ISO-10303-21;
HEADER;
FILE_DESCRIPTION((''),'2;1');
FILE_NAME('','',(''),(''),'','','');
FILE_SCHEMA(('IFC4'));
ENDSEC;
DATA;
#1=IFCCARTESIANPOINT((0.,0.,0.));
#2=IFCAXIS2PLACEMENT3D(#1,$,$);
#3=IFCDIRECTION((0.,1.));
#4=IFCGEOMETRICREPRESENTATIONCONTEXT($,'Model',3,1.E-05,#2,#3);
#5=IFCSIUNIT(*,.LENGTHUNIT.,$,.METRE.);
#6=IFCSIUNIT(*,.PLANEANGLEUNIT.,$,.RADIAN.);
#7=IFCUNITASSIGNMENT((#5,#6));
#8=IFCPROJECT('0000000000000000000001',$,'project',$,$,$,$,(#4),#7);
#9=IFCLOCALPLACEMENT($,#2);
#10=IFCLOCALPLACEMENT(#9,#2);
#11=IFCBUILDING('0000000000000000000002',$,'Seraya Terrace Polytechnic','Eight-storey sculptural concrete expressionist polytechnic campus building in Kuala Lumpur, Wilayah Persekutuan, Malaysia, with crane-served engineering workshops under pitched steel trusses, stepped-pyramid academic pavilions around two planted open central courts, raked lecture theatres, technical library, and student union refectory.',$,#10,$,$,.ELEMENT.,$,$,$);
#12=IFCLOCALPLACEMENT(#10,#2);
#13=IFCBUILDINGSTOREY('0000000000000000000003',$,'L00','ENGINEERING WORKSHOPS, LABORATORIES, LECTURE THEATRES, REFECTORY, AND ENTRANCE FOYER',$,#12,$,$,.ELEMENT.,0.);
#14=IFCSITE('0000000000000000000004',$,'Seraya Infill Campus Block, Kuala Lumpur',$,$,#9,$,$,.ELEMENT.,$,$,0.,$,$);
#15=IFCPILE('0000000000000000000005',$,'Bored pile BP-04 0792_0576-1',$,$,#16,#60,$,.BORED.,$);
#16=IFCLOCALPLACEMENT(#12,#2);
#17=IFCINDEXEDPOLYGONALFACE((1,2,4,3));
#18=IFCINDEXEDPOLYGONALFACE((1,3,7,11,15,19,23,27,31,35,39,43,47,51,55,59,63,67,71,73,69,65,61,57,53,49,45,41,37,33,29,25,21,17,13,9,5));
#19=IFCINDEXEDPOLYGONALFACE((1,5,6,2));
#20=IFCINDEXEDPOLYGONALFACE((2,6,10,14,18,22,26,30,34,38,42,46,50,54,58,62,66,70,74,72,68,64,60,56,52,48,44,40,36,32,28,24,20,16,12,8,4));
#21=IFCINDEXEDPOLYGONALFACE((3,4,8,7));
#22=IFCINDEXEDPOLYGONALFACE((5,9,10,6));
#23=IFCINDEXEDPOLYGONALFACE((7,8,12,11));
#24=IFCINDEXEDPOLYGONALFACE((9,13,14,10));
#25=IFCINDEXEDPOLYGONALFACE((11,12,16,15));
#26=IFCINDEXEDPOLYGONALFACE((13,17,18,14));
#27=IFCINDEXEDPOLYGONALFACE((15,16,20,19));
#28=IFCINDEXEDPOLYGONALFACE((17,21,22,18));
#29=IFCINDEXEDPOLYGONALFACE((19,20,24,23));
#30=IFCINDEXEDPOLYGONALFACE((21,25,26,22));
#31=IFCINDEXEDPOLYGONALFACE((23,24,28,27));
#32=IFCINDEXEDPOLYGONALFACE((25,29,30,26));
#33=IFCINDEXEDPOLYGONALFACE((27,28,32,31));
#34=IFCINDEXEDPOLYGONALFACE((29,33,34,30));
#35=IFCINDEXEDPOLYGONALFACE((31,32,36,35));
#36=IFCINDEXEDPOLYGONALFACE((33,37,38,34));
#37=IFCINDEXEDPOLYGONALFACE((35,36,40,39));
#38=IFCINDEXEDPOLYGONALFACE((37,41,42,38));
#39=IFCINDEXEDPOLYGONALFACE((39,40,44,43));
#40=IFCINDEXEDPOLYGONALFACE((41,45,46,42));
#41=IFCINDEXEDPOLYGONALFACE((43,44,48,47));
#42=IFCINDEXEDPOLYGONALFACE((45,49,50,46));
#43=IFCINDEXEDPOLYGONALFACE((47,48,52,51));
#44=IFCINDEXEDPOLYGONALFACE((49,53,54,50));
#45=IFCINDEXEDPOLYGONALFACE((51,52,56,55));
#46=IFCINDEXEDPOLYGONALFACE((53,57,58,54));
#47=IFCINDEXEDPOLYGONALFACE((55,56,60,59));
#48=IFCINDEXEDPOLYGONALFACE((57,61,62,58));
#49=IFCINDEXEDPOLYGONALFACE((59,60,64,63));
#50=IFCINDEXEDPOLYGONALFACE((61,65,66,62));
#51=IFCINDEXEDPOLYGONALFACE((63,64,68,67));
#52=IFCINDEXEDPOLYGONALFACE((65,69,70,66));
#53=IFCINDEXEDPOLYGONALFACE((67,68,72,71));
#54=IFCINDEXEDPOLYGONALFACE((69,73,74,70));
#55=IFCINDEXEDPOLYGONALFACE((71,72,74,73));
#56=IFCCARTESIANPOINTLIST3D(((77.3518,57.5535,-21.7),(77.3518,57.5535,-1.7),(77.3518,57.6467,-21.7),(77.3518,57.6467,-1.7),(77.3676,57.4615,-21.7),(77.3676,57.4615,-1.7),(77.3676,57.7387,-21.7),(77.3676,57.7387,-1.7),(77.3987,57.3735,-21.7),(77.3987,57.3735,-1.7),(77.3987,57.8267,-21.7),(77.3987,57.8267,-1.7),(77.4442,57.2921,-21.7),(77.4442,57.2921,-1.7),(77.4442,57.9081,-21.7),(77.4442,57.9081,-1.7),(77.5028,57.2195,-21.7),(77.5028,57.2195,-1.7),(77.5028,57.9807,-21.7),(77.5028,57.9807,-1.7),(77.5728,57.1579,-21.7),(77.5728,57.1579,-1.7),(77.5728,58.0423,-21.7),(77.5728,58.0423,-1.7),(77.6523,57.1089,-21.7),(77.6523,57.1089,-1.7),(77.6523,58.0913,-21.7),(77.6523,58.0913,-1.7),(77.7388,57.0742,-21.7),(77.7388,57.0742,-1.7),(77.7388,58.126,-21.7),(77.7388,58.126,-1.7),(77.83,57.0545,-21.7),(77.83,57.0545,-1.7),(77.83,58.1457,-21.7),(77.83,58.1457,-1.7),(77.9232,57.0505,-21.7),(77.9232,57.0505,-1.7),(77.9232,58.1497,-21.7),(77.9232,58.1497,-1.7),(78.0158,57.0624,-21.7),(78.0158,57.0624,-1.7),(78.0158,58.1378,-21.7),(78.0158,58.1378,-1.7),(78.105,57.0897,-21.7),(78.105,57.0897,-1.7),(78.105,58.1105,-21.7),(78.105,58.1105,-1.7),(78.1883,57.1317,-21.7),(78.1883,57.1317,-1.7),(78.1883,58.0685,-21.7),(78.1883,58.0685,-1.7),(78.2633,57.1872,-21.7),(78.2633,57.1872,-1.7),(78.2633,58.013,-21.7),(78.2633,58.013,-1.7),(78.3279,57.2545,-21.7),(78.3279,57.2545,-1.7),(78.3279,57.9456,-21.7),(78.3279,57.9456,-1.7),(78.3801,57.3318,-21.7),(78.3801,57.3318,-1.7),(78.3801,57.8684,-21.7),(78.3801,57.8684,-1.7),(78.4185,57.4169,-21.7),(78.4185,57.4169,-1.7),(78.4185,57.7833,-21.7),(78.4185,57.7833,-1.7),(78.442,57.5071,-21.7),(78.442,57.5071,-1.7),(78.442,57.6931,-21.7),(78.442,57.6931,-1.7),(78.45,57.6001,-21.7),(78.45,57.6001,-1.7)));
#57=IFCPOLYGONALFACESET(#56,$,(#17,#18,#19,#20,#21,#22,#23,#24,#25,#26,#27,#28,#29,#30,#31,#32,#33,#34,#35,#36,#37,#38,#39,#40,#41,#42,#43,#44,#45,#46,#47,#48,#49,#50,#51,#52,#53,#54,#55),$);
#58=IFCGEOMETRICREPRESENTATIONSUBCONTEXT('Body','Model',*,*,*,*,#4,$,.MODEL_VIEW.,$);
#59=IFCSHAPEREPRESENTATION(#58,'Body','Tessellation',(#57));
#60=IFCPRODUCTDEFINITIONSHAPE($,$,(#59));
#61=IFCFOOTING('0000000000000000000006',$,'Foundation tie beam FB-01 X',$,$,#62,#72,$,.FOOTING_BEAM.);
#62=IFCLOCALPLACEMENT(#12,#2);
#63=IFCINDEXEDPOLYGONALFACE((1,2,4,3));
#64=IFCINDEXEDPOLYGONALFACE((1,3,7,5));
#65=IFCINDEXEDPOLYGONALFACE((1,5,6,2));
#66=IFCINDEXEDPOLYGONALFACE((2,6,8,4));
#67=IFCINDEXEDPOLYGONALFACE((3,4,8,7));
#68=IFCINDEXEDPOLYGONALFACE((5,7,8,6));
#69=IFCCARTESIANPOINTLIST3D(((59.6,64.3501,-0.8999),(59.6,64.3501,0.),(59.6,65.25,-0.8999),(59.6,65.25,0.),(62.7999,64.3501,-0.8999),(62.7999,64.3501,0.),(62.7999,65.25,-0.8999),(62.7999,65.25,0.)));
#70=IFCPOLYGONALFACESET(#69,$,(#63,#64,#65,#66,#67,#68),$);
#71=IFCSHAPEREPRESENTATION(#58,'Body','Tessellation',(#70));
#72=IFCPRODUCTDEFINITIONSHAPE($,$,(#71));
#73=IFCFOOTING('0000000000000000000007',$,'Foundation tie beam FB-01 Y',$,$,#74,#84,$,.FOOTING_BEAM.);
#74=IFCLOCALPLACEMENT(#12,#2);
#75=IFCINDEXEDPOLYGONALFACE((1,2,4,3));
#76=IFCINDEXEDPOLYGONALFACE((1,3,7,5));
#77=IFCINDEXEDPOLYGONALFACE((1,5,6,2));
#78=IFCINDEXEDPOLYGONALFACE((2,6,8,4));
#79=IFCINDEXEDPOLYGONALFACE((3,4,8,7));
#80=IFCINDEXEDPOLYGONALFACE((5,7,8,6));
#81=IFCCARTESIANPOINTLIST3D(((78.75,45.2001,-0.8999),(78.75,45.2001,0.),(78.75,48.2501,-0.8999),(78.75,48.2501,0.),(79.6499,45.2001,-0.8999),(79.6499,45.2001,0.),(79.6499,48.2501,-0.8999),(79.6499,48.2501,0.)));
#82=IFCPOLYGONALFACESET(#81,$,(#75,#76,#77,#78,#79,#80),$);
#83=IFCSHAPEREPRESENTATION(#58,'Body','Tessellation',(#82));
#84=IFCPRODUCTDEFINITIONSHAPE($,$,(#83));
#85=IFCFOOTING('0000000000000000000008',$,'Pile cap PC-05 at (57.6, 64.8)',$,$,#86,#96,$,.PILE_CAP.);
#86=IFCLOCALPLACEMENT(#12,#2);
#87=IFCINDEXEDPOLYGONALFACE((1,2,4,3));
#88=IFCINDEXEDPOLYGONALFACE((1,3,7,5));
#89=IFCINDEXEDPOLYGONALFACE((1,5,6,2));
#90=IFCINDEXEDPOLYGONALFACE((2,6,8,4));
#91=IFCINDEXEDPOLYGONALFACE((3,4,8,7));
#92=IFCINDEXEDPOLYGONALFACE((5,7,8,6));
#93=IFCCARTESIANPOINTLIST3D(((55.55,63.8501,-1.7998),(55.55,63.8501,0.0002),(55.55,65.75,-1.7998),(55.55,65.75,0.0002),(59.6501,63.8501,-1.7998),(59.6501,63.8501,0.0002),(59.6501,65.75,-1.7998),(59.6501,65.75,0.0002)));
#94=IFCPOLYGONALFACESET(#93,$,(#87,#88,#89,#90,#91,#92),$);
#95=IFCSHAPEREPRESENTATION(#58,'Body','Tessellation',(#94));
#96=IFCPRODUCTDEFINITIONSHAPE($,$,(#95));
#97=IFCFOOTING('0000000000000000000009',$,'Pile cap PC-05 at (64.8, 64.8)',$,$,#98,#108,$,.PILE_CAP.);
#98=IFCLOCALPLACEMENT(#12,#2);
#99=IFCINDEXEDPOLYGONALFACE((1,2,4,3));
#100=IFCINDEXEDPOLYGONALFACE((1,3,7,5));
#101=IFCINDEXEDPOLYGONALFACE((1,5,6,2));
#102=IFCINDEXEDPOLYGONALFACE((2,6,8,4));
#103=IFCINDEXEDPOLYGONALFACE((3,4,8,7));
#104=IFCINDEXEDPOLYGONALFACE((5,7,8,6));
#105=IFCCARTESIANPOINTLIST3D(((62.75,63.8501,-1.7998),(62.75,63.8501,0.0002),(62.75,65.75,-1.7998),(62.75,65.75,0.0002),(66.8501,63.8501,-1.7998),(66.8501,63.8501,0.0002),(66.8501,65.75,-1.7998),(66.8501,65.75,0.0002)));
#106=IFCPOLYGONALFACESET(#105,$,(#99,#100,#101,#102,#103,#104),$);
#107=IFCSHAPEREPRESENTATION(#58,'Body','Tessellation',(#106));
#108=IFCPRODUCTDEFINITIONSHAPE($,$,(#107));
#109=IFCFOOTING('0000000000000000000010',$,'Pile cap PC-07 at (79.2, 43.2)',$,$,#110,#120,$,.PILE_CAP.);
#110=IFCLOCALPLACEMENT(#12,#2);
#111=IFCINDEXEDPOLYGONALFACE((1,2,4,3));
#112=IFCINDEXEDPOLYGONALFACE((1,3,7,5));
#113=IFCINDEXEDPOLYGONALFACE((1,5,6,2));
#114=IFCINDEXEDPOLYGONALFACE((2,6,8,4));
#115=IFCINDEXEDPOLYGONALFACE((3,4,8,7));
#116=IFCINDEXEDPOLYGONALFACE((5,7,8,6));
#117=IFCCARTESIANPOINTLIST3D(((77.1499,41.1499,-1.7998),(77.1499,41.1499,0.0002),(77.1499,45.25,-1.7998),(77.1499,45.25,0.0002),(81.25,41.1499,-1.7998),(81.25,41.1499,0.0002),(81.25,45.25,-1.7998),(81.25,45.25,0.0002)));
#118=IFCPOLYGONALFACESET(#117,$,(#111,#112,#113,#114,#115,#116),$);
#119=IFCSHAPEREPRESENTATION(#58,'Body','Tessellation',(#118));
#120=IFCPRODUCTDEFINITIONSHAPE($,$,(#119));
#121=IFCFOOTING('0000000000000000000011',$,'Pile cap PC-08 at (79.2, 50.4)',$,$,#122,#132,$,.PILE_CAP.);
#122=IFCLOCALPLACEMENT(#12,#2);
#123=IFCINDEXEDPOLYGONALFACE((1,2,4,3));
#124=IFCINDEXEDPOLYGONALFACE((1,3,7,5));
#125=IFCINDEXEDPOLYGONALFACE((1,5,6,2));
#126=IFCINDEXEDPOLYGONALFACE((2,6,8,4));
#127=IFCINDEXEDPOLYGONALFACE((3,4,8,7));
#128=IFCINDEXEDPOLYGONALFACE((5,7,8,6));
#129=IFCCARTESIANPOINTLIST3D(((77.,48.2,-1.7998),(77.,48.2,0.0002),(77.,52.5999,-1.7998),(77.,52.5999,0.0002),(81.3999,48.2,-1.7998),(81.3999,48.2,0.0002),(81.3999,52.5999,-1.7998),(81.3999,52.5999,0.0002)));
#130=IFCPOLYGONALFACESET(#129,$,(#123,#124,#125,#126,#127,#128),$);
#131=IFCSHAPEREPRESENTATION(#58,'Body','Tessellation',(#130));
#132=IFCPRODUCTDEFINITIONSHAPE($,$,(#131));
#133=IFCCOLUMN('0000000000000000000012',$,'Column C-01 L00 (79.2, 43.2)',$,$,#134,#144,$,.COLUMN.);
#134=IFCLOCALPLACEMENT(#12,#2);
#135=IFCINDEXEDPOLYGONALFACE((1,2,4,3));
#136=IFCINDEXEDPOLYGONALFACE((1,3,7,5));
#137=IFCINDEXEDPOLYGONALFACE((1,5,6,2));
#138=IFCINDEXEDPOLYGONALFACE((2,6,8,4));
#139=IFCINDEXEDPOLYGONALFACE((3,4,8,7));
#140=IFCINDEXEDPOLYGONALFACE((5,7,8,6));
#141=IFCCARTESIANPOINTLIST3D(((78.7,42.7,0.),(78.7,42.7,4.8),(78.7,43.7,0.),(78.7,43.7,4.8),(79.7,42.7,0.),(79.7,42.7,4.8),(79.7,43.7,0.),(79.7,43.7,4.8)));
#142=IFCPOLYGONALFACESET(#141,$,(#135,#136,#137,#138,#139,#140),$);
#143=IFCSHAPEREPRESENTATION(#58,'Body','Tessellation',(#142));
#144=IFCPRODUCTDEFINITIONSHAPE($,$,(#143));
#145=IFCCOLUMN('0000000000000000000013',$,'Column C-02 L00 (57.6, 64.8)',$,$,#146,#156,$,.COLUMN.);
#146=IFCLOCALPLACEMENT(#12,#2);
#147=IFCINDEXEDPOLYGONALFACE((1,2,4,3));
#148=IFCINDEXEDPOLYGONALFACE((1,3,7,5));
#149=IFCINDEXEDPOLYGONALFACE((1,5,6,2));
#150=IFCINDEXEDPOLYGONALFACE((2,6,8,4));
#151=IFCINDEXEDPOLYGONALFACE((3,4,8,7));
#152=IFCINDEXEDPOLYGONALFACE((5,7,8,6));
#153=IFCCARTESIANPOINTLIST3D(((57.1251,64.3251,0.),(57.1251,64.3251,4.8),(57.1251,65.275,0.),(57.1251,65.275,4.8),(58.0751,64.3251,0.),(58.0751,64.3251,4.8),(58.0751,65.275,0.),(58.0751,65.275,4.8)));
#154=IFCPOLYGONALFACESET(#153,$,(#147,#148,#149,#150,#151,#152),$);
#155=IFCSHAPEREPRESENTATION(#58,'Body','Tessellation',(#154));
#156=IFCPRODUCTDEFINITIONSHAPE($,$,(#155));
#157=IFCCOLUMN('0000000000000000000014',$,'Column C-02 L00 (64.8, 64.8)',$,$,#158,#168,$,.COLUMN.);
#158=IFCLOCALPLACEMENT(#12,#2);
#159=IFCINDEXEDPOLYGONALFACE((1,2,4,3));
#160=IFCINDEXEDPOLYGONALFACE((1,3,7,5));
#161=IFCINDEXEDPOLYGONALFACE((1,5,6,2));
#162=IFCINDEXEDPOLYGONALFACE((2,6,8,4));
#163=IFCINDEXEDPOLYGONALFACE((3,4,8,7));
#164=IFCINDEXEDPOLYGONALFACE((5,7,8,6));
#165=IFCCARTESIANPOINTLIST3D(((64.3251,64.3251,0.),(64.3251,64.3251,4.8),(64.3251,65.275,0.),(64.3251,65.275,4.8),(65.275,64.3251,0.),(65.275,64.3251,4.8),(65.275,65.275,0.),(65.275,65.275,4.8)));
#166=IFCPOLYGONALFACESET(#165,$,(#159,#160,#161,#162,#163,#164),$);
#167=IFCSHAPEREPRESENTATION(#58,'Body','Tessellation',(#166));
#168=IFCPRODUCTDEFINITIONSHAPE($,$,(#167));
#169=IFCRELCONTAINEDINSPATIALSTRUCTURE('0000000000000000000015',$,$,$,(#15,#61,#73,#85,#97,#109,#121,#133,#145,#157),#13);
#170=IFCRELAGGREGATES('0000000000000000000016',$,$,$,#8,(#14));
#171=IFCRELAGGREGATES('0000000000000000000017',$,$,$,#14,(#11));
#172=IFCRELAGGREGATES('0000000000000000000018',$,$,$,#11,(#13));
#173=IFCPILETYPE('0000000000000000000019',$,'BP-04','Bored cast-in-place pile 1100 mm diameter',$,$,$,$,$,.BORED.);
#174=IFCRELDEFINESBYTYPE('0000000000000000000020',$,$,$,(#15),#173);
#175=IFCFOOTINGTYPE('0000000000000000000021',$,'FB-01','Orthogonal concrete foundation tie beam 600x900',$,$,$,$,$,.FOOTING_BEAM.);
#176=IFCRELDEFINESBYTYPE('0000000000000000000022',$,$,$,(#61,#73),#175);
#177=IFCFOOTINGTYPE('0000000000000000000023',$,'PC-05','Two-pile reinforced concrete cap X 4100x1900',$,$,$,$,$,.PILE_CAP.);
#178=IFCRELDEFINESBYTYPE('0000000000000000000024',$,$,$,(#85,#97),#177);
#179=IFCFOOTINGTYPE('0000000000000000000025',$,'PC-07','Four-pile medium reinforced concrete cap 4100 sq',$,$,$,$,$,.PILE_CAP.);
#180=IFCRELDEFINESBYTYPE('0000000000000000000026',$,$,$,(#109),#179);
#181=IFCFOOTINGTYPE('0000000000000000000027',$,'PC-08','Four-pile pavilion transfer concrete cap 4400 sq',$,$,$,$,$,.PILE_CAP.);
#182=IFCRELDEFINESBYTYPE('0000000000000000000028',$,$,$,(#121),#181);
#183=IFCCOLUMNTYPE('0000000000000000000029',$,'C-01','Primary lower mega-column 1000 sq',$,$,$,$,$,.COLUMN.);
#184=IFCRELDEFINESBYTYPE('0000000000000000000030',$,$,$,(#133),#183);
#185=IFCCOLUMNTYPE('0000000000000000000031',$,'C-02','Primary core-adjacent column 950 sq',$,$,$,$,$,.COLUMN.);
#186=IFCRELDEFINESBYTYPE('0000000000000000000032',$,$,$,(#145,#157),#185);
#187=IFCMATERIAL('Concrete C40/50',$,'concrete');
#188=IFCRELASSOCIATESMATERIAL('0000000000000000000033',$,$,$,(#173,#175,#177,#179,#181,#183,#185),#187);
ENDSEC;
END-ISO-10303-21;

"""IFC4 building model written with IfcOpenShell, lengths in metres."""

from ifc_helpers import new_model, si_unit, direction, frame, origin, origin_2d, place, context, subcontext, project, spatial, rectangle, circle, extrude, material, material_profile, profile_set, type_object, element, save


model = new_model("IFC4")

# Units and contexts
model_context = context("Model", 3, precision=1e-05, world=origin(), true_north=direction((0.0, 1.0)))
body_context = subcontext(model_context, "Body", "Model", "MODEL_VIEW")
ifc_project = project(units=[si_unit("LENGTHUNIT", "METRE"), si_unit("PLANEANGLEUNIT", "RADIAN")], contexts=[model_context])

# Site, building, storey
site_placement = place(None, origin())
site = spatial("IfcSite", under=ifc_project, at=site_placement, Name="Seraya Infill Campus Block, Kuala Lumpur", CompositionType="ELEMENT", RefElevation=0.0)
building_placement = place(site_placement, origin())
building = spatial("IfcBuilding", under=site, at=building_placement, Name="Seraya Terrace Polytechnic", Description="Eight-storey sculptural concrete expressionist polytechnic campus building in Kuala Lumpur, Wilayah Persekutuan, Malaysia, with crane-served engineering workshops under pitched steel trusses, stepped-pyramid academic pavilions around two planted open central courts, raked lecture theatres, technical library, and student union refectory.", CompositionType="ELEMENT")
storey_placement = place(building_placement, origin())
storey = spatial("IfcBuildingStorey", under=building, at=storey_placement, Name="L00", Description="ENGINEERING WORKSHOPS, LABORATORIES, LECTURE THEATRES, REFECTORY, AND ENTRANCE FOYER", CompositionType="ELEMENT", Elevation=0.0)

# Pile
ifc_material_1 = material(Name="Concrete C40/50", Category="concrete")
ifc_material_profile_1 = material_profile(ifc_material_1, circle(Radius=0.55, at=origin_2d()), Name="DIA 1100")
ifc_profile_set_1 = profile_set([ifc_material_profile_1], Name="Concrete C40/50")
pile_type_1 = type_object("IfcPileType", Name="BP-04", Description="Bored cast-in-place pile 1100 mm diameter", PredefinedType="BORED", material=ifc_profile_set_1)
for number, where, z_axis, x_axis, name in (
    (1, (77.8999, 57.6001, -1.7), (0.0, 0.0, -1.0), (1.0, 0.0, 0.0), "Bored pile BP-04 0792_0576-1"),
):
    element("IfcPile", number, at=place(storey_placement, frame(where, z_axis=z_axis, x_axis=x_axis)), inside=storey, type_object=pile_type_1, Name=name, PredefinedType="BORED", context=body_context, shape_type="SweptSolid", body=[
        extrude(circle(Radius=0.55, at=origin_2d()), origin(), (0.0, 0.0, 1.0), 20.0),
    ])

# Footings
footing_type_1 = type_object("IfcFootingType", Name="FB-01", Description="Orthogonal concrete foundation tie beam 600x900", PredefinedType="FOOTING_BEAM", material=ifc_material_1)
footing_1_placement = place(storey_placement, frame((61.2, 64.8, -0.8999), z_axis=(0.0, 0.0, 1.0), x_axis=(1.0, 0.0, 0.0)))
element("IfcFooting", 2, at=footing_1_placement, inside=storey, type_object=footing_type_1, Name="Foundation tie beam FB-01 X", PredefinedType="FOOTING_BEAM", context=body_context, shape_type="SweptSolid", body=[
    extrude(rectangle(XDim=3.2, YDim=0.8999, at=origin_2d()), origin(), (0.0, 0.0, 1.0), 0.8999),
])
footing_2_placement = place(storey_placement, frame((79.2, 46.7251, -0.8999), z_axis=(0.0, 0.0, 1.0), x_axis=(0.0, 1.0, 0.0)))
element("IfcFooting", 3, at=footing_2_placement, inside=storey, type_object=footing_type_1, Name="Foundation tie beam FB-01 Y", PredefinedType="FOOTING_BEAM", context=body_context, shape_type="SweptSolid", body=[
    extrude(rectangle(XDim=3.05, YDim=0.8999, at=origin_2d()), origin(), (0.0, 0.0, 1.0), 0.8999),
])
footing_type_2 = type_object("IfcFootingType", Name="PC-05", Description="Two-pile reinforced concrete cap X 4100x1900", PredefinedType="PILE_CAP", material=ifc_material_1)
for number, where, z_axis, x_axis, name in (
    (4, (57.6001, 64.8, -1.7998), (0.0, 0.0, 1.0), (1.0, 0.0, 0.0), "Pile cap PC-05 at (57.6, 64.8)"),
    (5, (64.8, 64.8, -1.7998), (0.0, 0.0, 1.0), (1.0, 0.0, 0.0), "Pile cap PC-05 at (64.8, 64.8)"),
):
    element("IfcFooting", number, at=place(storey_placement, frame(where, z_axis=z_axis, x_axis=x_axis)), inside=storey, type_object=footing_type_2, Name=name, PredefinedType="PILE_CAP", context=body_context, shape_type="SweptSolid", body=[
        extrude(rectangle(XDim=4.1001, YDim=1.8999, at=origin_2d()), origin(), (0.0, 0.0, 1.0), 1.8),
    ])
footing_type_3 = type_object("IfcFootingType", Name="PC-07", Description="Four-pile medium reinforced concrete cap 4100 sq", PredefinedType="PILE_CAP", material=ifc_material_1)
footing_3_placement = place(storey_placement, frame((79.2, 43.2, -1.7998), z_axis=(0.0, 0.0, 1.0), x_axis=(1.0, 0.0, 0.0)))
element("IfcFooting", 6, at=footing_3_placement, inside=storey, type_object=footing_type_3, Name="Pile cap PC-07 at (79.2, 43.2)", PredefinedType="PILE_CAP", context=body_context, shape_type="SweptSolid", body=[
    extrude(rectangle(XDim=4.1001, YDim=4.1001, at=origin_2d()), origin(), (0.0, 0.0, 1.0), 1.8),
])
footing_type_4 = type_object("IfcFootingType", Name="PC-08", Description="Four-pile pavilion transfer concrete cap 4400 sq", PredefinedType="PILE_CAP", material=ifc_material_1)
footing_4_placement = place(storey_placement, frame((79.2, 50.3999, -1.7998), z_axis=(0.0, 0.0, 1.0), x_axis=(1.0, 0.0, 0.0)))
element("IfcFooting", 7, at=footing_4_placement, inside=storey, type_object=footing_type_4, Name="Pile cap PC-08 at (79.2, 50.4)", PredefinedType="PILE_CAP", context=body_context, shape_type="SweptSolid", body=[
    extrude(rectangle(XDim=4.3999, YDim=4.3999, at=origin_2d()), origin(), (0.0, 0.0, 1.0), 1.8),
])

# Columns
ifc_material_profile_2 = material_profile(ifc_material_1, rectangle(XDim=1.0, YDim=1.0, at=origin_2d()), Name="RC 1000x1000")
ifc_profile_set_2 = profile_set([ifc_material_profile_2], Name="Concrete C40/50")
column_type_1 = type_object("IfcColumnType", Name="C-01", Description="Primary lower mega-column 1000 sq", PredefinedType="COLUMN", material=ifc_profile_set_2)
column_placement = place(storey_placement, frame((79.2, 43.2, 0.0), z_axis=(0.0, 0.0, 1.0), x_axis=(1.0, 0.0, 0.0)))
element("IfcColumn", 8, at=column_placement, inside=storey, type_object=column_type_1, Name="Column C-01 L00 (79.2, 43.2)", PredefinedType="COLUMN", context=body_context, shape_type="SweptSolid", body=[
    extrude(rectangle(XDim=1.0, YDim=1.0, at=origin_2d()), origin(), (0.0, 0.0, 1.0), 4.8),
])
ifc_material_profile_3 = material_profile(ifc_material_1, rectangle(XDim=0.95, YDim=0.95, at=origin_2d()), Name="RC 950x950")
ifc_profile_set_3 = profile_set([ifc_material_profile_3], Name="Concrete C40/50")
column_type_2 = type_object("IfcColumnType", Name="C-02", Description="Primary core-adjacent column 950 sq", PredefinedType="COLUMN", material=ifc_profile_set_3)
for number, where, z_axis, x_axis, name in (
    (9, (57.6001, 64.8, 0.0), (0.0, 0.0, 1.0), (1.0, 0.0, 0.0), "Column C-02 L00 (57.6, 64.8)"),
    (10, (64.8, 64.8, 0.0), (0.0, 0.0, 1.0), (1.0, 0.0, 0.0), "Column C-02 L00 (64.8, 64.8)"),
):
    element("IfcColumn", number, at=place(storey_placement, frame(where, z_axis=z_axis, x_axis=x_axis)), inside=storey, type_object=column_type_2, Name=name, PredefinedType="COLUMN", context=body_context, shape_type="SweptSolid", body=[
        extrude(rectangle(XDim=0.95, YDim=0.95, at=origin_2d()), origin(), (0.0, 0.0, 1.0), 4.8),
    ])

save(model, "model.ifc")
